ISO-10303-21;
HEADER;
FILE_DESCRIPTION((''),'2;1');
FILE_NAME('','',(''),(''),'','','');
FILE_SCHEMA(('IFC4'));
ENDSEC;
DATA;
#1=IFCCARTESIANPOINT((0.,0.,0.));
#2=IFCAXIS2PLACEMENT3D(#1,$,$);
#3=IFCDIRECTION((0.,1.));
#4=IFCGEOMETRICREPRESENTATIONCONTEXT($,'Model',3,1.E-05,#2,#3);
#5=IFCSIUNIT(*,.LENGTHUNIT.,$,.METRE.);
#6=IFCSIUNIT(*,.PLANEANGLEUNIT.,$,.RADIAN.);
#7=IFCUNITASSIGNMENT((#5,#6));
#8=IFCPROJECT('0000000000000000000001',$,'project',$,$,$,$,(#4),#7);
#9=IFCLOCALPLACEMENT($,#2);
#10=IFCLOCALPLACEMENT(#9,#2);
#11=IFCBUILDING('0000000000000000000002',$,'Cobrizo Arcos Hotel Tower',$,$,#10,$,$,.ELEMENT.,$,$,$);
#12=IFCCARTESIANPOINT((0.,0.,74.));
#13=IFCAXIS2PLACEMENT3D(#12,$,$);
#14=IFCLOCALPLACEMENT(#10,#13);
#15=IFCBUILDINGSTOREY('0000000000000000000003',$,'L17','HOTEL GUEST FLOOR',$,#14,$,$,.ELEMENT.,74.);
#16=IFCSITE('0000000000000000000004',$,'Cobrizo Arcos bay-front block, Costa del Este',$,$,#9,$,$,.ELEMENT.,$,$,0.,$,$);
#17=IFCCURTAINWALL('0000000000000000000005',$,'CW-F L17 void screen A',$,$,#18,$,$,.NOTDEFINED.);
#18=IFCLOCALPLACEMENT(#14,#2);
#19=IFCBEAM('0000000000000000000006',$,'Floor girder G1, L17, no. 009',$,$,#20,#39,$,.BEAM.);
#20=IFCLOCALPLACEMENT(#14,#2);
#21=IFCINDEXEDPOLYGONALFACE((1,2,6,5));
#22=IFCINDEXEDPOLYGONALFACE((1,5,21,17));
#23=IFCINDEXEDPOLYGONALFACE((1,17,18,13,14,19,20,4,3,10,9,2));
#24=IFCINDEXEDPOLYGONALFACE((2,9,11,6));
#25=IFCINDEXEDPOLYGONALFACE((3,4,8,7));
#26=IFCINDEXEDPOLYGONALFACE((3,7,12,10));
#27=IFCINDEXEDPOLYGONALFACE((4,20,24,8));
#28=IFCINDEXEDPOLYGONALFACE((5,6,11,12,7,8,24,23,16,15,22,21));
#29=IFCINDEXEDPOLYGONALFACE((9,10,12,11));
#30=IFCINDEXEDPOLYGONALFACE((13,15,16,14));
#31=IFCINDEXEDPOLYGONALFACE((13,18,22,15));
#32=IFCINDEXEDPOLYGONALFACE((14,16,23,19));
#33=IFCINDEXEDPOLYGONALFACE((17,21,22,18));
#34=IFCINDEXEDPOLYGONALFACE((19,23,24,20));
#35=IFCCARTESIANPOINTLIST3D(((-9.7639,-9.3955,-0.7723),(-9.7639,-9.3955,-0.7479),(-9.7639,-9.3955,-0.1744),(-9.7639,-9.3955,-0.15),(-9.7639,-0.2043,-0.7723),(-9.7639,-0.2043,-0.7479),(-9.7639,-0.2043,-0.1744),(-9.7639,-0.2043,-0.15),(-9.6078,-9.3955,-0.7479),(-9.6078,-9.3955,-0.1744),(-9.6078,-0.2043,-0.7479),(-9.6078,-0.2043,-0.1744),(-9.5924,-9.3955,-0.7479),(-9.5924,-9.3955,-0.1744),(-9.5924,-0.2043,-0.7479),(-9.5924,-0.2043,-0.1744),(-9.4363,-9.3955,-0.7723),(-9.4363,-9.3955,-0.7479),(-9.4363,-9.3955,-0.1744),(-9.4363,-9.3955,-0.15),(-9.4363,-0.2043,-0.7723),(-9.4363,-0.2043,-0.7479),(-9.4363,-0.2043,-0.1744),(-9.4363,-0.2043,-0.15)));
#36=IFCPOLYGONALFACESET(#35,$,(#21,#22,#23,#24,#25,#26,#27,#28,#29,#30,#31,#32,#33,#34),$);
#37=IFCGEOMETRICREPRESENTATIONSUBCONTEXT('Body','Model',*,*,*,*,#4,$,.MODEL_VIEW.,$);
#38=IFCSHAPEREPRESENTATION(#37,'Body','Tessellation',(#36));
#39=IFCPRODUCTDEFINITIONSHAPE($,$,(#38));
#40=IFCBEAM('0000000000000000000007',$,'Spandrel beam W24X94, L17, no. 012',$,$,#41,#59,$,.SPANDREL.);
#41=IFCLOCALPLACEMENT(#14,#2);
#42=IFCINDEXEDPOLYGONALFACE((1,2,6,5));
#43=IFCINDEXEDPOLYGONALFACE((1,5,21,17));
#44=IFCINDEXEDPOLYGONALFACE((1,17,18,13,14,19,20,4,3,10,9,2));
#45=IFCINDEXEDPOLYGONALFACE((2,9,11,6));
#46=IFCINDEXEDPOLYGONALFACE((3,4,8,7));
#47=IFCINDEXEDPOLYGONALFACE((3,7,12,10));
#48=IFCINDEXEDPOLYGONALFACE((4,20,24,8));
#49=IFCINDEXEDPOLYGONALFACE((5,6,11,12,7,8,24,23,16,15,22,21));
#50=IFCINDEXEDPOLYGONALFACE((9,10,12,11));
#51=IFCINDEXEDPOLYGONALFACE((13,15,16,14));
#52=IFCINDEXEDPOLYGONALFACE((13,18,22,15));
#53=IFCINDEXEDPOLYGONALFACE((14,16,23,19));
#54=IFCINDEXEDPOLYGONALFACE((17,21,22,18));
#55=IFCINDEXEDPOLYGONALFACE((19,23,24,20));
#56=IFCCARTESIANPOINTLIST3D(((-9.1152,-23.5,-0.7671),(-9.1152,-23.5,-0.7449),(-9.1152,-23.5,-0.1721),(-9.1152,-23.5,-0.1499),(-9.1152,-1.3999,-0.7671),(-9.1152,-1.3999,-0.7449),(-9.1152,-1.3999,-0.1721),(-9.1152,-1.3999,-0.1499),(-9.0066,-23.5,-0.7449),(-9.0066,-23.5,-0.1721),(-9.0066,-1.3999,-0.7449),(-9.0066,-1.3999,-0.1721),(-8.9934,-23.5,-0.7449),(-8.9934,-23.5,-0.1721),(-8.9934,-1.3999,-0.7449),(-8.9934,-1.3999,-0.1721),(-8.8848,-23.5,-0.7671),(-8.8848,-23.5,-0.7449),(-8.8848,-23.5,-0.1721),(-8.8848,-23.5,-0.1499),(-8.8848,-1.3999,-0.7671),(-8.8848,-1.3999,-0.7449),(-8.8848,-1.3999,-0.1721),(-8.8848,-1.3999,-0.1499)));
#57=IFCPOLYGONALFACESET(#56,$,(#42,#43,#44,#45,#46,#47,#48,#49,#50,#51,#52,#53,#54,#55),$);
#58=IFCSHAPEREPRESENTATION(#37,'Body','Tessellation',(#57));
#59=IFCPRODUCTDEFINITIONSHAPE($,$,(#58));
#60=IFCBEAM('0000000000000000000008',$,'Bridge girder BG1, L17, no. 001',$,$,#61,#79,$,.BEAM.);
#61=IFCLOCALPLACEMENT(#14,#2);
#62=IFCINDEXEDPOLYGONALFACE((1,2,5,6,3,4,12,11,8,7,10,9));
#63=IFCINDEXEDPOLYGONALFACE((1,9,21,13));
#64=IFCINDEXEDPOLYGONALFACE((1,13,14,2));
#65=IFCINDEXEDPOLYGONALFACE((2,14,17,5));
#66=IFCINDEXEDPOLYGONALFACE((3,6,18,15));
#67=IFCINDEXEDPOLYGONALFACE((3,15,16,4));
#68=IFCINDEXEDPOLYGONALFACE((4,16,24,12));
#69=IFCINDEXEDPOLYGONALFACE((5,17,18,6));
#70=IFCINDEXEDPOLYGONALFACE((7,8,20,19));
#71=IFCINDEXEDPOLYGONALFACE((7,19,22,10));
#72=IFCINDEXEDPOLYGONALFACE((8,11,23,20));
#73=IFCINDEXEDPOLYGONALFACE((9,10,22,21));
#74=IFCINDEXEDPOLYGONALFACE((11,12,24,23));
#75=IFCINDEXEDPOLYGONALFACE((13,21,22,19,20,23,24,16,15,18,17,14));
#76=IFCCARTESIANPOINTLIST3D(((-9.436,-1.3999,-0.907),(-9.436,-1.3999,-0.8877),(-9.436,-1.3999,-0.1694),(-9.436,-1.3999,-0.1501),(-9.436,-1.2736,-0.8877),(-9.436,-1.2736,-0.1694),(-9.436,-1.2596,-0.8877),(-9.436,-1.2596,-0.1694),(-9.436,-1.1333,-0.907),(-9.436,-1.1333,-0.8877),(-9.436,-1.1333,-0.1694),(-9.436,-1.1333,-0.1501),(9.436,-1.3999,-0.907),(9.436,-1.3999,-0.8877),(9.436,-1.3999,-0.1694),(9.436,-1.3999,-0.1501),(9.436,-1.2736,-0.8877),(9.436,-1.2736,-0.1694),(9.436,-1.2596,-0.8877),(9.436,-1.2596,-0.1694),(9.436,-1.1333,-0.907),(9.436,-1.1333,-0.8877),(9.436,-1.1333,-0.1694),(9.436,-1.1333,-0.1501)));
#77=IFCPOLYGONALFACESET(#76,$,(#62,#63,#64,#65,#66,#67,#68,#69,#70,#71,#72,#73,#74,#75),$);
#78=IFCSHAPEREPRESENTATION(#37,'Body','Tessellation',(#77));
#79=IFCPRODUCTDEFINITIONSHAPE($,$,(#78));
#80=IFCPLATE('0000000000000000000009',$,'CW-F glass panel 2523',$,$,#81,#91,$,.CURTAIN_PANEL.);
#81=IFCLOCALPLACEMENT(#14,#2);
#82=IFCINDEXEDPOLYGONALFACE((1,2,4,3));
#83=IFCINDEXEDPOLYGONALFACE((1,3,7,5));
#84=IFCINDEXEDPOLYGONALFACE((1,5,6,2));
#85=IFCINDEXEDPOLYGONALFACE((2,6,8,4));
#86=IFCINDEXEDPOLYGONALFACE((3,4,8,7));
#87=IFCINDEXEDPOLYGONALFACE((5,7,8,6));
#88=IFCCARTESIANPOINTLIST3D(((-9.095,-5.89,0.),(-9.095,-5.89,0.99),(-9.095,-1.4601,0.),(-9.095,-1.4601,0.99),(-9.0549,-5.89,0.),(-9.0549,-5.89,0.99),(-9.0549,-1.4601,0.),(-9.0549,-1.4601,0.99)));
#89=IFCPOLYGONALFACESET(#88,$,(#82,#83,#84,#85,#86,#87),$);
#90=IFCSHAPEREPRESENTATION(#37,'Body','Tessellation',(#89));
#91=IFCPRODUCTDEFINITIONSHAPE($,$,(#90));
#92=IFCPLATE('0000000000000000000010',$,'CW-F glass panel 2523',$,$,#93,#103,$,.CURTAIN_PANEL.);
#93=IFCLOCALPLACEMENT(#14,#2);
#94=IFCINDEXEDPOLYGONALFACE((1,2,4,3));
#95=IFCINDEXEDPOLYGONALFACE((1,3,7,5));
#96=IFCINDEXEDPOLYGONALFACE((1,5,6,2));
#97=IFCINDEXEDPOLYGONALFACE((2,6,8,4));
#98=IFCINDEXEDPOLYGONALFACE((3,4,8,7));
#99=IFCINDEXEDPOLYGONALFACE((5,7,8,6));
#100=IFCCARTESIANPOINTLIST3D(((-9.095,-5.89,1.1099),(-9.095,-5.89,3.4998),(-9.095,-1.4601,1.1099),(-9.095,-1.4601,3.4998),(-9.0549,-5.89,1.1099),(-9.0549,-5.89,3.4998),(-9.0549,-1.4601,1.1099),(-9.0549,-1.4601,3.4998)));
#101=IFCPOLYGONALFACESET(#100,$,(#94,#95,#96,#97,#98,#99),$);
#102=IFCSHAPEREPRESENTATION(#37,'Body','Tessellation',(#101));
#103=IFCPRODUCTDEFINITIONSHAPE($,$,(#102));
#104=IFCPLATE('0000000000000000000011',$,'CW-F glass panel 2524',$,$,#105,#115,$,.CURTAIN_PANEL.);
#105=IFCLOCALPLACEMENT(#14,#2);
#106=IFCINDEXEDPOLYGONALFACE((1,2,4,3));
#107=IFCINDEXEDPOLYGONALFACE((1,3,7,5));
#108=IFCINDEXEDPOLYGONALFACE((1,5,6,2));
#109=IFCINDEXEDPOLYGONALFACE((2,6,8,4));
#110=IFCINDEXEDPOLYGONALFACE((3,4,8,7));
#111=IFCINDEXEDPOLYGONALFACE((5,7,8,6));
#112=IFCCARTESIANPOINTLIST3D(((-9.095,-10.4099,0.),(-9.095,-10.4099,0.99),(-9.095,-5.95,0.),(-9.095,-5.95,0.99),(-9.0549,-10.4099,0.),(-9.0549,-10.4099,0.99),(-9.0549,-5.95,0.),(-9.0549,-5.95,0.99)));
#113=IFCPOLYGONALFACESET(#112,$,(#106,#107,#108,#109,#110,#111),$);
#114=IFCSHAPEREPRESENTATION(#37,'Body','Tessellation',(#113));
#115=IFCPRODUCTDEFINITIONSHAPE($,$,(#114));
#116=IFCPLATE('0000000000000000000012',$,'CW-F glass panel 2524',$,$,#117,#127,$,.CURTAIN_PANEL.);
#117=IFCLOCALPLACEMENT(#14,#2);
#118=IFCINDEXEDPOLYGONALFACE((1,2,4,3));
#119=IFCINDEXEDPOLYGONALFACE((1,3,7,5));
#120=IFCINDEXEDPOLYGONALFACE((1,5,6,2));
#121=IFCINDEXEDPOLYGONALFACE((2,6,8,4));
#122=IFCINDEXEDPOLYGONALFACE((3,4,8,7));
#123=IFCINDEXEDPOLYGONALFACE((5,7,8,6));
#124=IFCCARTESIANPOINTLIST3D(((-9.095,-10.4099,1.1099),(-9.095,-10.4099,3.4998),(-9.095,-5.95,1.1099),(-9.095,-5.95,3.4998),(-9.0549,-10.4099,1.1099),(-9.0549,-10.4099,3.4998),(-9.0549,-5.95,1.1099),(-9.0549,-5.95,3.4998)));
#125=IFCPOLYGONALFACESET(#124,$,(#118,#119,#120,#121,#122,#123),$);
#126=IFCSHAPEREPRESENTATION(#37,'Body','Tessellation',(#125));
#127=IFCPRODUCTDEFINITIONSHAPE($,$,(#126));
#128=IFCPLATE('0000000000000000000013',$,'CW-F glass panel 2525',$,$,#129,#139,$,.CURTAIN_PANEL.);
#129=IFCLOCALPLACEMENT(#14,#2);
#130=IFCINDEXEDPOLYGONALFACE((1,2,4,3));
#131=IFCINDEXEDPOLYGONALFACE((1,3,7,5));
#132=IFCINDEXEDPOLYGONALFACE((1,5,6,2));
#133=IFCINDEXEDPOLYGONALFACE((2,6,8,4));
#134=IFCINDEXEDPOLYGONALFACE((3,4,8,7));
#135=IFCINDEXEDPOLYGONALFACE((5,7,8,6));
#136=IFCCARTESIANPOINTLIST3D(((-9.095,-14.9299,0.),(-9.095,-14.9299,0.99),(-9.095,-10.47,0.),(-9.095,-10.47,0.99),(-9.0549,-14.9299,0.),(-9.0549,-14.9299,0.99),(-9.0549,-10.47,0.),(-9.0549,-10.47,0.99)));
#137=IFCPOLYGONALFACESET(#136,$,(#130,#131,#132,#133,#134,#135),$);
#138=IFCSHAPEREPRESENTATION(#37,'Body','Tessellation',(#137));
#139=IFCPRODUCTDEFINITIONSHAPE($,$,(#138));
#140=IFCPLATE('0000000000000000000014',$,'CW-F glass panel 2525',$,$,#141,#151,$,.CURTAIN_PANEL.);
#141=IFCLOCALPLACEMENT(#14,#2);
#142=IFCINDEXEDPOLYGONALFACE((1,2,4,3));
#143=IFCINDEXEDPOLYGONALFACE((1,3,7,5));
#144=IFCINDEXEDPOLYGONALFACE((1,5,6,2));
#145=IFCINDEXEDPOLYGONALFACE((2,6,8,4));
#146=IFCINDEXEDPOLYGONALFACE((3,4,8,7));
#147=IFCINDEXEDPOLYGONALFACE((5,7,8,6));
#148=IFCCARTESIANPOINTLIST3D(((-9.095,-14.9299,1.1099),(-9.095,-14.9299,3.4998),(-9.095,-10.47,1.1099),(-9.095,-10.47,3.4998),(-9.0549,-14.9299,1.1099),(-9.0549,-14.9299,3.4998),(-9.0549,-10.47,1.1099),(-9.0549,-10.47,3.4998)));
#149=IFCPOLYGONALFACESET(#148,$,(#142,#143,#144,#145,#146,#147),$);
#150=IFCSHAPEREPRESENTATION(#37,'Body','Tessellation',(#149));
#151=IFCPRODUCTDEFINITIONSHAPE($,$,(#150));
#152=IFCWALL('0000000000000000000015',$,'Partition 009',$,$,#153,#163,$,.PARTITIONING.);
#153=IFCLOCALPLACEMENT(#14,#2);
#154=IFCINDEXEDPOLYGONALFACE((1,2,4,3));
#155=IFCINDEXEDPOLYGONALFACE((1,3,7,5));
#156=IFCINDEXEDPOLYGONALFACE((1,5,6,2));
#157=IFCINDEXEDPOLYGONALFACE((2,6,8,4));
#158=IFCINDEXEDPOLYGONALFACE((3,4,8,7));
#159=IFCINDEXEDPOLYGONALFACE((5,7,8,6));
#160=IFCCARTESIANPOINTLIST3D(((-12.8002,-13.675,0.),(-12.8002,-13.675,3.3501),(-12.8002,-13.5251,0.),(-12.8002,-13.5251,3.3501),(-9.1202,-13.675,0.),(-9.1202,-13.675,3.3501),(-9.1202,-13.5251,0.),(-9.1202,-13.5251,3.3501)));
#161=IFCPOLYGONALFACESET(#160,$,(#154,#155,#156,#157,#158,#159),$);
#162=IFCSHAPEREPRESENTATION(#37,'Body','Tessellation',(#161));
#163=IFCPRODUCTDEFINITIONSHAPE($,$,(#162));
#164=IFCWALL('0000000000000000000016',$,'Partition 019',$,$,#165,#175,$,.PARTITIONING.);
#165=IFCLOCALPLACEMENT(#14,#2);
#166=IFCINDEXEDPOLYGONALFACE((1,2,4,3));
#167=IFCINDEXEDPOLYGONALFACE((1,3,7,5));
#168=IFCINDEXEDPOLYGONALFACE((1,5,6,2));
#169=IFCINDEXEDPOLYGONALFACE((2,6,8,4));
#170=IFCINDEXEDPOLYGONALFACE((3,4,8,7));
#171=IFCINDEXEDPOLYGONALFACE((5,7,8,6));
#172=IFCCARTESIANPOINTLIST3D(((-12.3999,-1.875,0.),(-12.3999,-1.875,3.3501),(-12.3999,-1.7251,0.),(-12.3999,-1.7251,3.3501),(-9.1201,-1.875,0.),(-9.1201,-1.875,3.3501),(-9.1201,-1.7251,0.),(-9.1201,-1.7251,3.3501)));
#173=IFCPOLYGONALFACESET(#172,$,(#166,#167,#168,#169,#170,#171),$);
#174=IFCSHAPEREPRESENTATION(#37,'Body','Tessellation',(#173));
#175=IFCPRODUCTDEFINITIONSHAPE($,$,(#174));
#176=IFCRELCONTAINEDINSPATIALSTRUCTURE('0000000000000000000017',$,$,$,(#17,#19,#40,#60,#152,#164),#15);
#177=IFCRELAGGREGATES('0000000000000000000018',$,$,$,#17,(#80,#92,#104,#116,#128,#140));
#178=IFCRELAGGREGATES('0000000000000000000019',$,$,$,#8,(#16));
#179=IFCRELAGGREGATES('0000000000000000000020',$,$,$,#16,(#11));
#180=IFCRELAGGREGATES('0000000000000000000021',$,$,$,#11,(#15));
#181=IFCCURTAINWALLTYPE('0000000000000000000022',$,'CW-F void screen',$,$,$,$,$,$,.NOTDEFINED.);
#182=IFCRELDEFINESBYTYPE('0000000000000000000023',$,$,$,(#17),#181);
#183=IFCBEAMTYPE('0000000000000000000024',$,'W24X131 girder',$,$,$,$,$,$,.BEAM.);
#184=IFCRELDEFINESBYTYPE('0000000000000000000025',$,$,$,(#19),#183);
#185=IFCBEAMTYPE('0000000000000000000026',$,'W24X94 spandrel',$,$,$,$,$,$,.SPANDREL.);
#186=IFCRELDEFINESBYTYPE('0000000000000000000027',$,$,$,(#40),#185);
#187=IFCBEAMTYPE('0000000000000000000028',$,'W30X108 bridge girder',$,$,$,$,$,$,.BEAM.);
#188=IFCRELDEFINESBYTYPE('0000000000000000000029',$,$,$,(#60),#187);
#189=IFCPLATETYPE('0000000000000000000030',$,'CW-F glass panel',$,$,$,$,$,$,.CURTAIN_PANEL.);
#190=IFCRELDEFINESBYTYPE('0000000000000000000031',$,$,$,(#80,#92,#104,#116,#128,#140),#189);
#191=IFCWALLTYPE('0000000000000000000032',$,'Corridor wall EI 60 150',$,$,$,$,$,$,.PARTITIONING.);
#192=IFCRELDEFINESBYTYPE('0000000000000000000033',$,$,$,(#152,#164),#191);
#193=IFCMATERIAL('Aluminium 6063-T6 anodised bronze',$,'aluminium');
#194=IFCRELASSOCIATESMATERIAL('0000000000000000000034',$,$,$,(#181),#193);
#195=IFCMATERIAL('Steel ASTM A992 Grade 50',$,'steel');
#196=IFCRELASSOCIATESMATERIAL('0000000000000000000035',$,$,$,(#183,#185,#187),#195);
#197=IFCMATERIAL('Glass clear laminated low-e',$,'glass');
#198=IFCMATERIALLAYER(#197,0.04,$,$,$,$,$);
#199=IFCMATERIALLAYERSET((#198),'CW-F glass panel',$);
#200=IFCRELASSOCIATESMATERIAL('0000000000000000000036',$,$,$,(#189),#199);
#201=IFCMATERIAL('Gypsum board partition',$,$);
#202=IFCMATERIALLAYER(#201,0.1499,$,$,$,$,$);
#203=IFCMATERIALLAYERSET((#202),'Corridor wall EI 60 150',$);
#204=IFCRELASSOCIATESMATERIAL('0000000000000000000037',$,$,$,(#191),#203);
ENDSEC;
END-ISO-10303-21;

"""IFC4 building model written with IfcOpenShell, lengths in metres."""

from ifc_helpers import new_model, si_unit, direction, frame, frame_2d, origin, origin_2d, place, context, subcontext, project, spatial, rectangle, i_section, extrude, material, layer, layer_set, material_profile, profile_set, type_object, element, aggregate, save


model = new_model("IFC4")

# Units and contexts
model_context = context("Model", 3, precision=1e-05, world=origin(), true_north=direction((0.0, 1.0)))
body_context = subcontext(model_context, "Body", "Model", "MODEL_VIEW")
ifc_project = project(units=[si_unit("LENGTHUNIT", "METRE"), si_unit("PLANEANGLEUNIT", "RADIAN")], contexts=[model_context])

# Site, building, storey
site_placement = place(None, origin())
site = spatial("IfcSite", under=ifc_project, at=site_placement, Name="Cobrizo Arcos bay-front block, Costa del Este", CompositionType="ELEMENT", RefElevation=0.0)
building_placement = place(site_placement, origin())
building = spatial("IfcBuilding", under=site, at=building_placement, Name="Cobrizo Arcos Hotel Tower", CompositionType="ELEMENT")
storey_placement = place(building_placement, frame((0.0, 0.0, 74.0)))
storey = spatial("IfcBuildingStorey", under=building, at=storey_placement, Name="L17", Description="HOTEL GUEST FLOOR", CompositionType="ELEMENT", Elevation=74.0)

# Shared definitions
ifc_material_1 = material(Name="Steel ASTM A992 Grade 50", Category="steel")

# Curtain wall
ifc_material_2 = material(Name="Aluminium 6063-T6 anodised bronze", Category="aluminium")
curtain_wall_type = type_object("IfcCurtainWallType", Name="CW-F void screen", PredefinedType="NOTDEFINED", material=ifc_material_2)
curtain_wall_placement = place(storey_placement, origin())
curtain_wall = element("IfcCurtainWall", 1, at=curtain_wall_placement, inside=storey, type_object=curtain_wall_type, Name="CW-F L17 void screen A", PredefinedType="NOTDEFINED")

# Beams
ifc_material_profile_1 = material_profile(ifc_material_1, i_section(OverallWidth=0.3276, OverallDepth=0.6223, WebThickness=0.0154, FlangeThickness=0.0244, at=origin_2d()), Name="W24X131")
ifc_profile_set_1 = profile_set([ifc_material_profile_1], Name="Steel ASTM A992 Grade 50")
beam_type_1 = type_object("IfcBeamType", Name="W24X131 girder", PredefinedType="BEAM", material=ifc_profile_set_1)
beam_1_placement = place(storey_placement, frame((-9.6001, -9.3955, -0.4612), z_axis=(0.0, 1.0, 0.0), x_axis=(-1.0, 0.0, 0.0)))
element("IfcBeam", 2, at=beam_1_placement, inside=storey, type_object=beam_type_1, Name="Floor girder G1, L17, no. 009", PredefinedType="BEAM", context=body_context, shape_type="SweptSolid", body=[
    extrude(i_section(OverallWidth=0.3276, OverallDepth=0.6223, WebThickness=0.0154, FlangeThickness=0.0244, at=origin_2d()), origin(), (0.0, 0.0, 1.0), 9.1912),
])
ifc_material_profile_2 = material_profile(ifc_material_1, i_section(OverallWidth=0.2305, OverallDepth=0.6172, WebThickness=0.0132, FlangeThickness=0.0222, at=origin_2d()), Name="W24X94")
ifc_profile_set_2 = profile_set([ifc_material_profile_2], Name="Steel ASTM A992 Grade 50")
beam_type_2 = type_object("IfcBeamType", Name="W24X94 spandrel", PredefinedType="SPANDREL", material=ifc_profile_set_2)
beam_2_placement = place(storey_placement, frame((-9.0, -1.3999, -0.4585), z_axis=(0.0, -1.0, 0.0), x_axis=(1.0, 0.0, 0.0)))
element("IfcBeam", 3, at=beam_2_placement, inside=storey, type_object=beam_type_2, Name="Spandrel beam W24X94, L17, no. 012", PredefinedType="SPANDREL", context=body_context, shape_type="SweptSolid", body=[
    extrude(i_section(OverallWidth=0.2305, OverallDepth=0.6172, WebThickness=0.0132, FlangeThickness=0.0222, at=origin_2d()), origin(), (0.0, 0.0, 1.0), 22.1001),
])
ifc_material_profile_3 = material_profile(ifc_material_1, i_section(OverallWidth=0.2666, OverallDepth=0.7568, WebThickness=0.0139, FlangeThickness=0.0193, at=origin_2d()), Name="W30X108")
ifc_profile_set_3 = profile_set([ifc_material_profile_3], Name="Steel ASTM A992 Grade 50")
beam_type_3 = type_object("IfcBeamType", Name="W30X108 bridge girder", PredefinedType="BEAM", material=ifc_profile_set_3)
beam_3_placement = place(storey_placement, frame((-9.436, -1.2666, -0.5286), z_axis=(1.0, 0.0, 0.0), x_axis=(0.0, 1.0, 0.0)))
element("IfcBeam", 4, at=beam_3_placement, inside=storey, type_object=beam_type_3, Name="Bridge girder BG1, L17, no. 001", PredefinedType="BEAM", context=body_context, shape_type="SweptSolid", body=[
    extrude(i_section(OverallWidth=0.2666, OverallDepth=0.7568, WebThickness=0.0139, FlangeThickness=0.0193, at=origin_2d()), origin(), (0.0, 0.0, 1.0), 18.8721),
])

# Plates
ifc_material_3 = material(Name="Glass clear laminated low-e", Category="glass")
ifc_layer_1 = layer(ifc_material_3, 0.04)
ifc_layer_set_1 = layer_set([ifc_layer_1], Name="CW-F glass panel")
plate_type = type_object("IfcPlateType", Name="CW-F glass panel", PredefinedType="CURTAIN_PANEL", material=ifc_layer_set_1)
plate_1_placement = place(storey_placement, frame((-9.075, -3.675, 0.0), z_axis=(0.0, 0.0, 1.0), x_axis=(0.0, -1.0, 0.0)))
plate_1 = element("IfcPlate", 5, at=plate_1_placement, type_object=plate_type, Name="CW-F glass panel 2523", PredefinedType="CURTAIN_PANEL", context=body_context, shape_type="SweptSolid", body=[
    extrude(rectangle(XDim=4.4299, YDim=0.04, at=origin_2d()), origin(), (0.0, 0.0, 1.0), 0.99),
])
plate_2_placement = place(storey_placement, frame((-9.075, -3.675, 1.1099), z_axis=(0.0, 0.0, 1.0), x_axis=(0.0, -1.0, 0.0)))
plate_2 = element("IfcPlate", 6, at=plate_2_placement, type_object=plate_type, Name="CW-F glass panel 2523", PredefinedType="CURTAIN_PANEL", context=body_context, shape_type="SweptSolid", body=[
    extrude(rectangle(XDim=4.4299, YDim=0.04, at=origin_2d()), origin(), (0.0, 0.0, 1.0), 2.3899),
])
plate_3_placement = place(storey_placement, frame((-9.075, -8.1799, 0.0), z_axis=(0.0, 0.0, 1.0), x_axis=(0.0, -1.0, 0.0)))
plate_3 = element("IfcPlate", 7, at=plate_3_placement, type_object=plate_type, Name="CW-F glass panel 2524", PredefinedType="CURTAIN_PANEL", context=body_context, shape_type="SweptSolid", body=[
    extrude(rectangle(XDim=4.46, YDim=0.04, at=origin_2d()), origin(), (0.0, 0.0, 1.0), 0.99),
])
plate_4_placement = place(storey_placement, frame((-9.075, -8.1799, 1.1099), z_axis=(0.0, 0.0, 1.0), x_axis=(0.0, -1.0, 0.0)))
plate_4 = element("IfcPlate", 8, at=plate_4_placement, type_object=plate_type, Name="CW-F glass panel 2524", PredefinedType="CURTAIN_PANEL", context=body_context, shape_type="SweptSolid", body=[
    extrude(rectangle(XDim=4.46, YDim=0.04, at=origin_2d()), origin(), (0.0, 0.0, 1.0), 2.3899),
])
plate_5_placement = place(storey_placement, frame((-9.075, -12.7, 0.0), z_axis=(0.0, 0.0, 1.0), x_axis=(0.0, -1.0, 0.0)))
plate_5 = element("IfcPlate", 9, at=plate_5_placement, type_object=plate_type, Name="CW-F glass panel 2525", PredefinedType="CURTAIN_PANEL", context=body_context, shape_type="SweptSolid", body=[
    extrude(rectangle(XDim=4.46, YDim=0.04, at=origin_2d()), origin(), (0.0, 0.0, 1.0), 0.99),
])
plate_6_placement = place(storey_placement, frame((-9.075, -12.7, 1.1099), z_axis=(0.0, 0.0, 1.0), x_axis=(0.0, -1.0, 0.0)))
plate_6 = element("IfcPlate", 10, at=plate_6_placement, type_object=plate_type, Name="CW-F glass panel 2525", PredefinedType="CURTAIN_PANEL", context=body_context, shape_type="SweptSolid", body=[
    extrude(rectangle(XDim=4.46, YDim=0.04, at=origin_2d()), origin(), (0.0, 0.0, 1.0), 2.3899),
])
aggregate(curtain_wall, [plate_1, plate_2, plate_3, plate_4, plate_5, plate_6])

# Walls
ifc_material_4 = material(Name="Gypsum board partition")
ifc_layer_2 = layer(ifc_material_4, 0.1499)
ifc_layer_set_2 = layer_set([ifc_layer_2], Name="Corridor wall EI 60 150")
wall_type_1 = type_object("IfcWallType", Name="Corridor wall EI 60 150", PredefinedType="PARTITIONING", material=ifc_layer_set_2)
wall_1_placement = place(storey_placement, frame((-12.8, -13.6001, 0.0), z_axis=(0.0, 0.0, 1.0), x_axis=(1.0, 0.0, 0.0)))
element("IfcWall", 11, at=wall_1_placement, inside=storey, type_object=wall_type_1, Name="Partition 009", PredefinedType="PARTITIONING", context=body_context, shape_type="SweptSolid", body=[
    extrude(rectangle(XDim=3.6799, YDim=0.1499, at=frame_2d((1.8398, 0.0))), origin(), (0.0, 0.0, 1.0), 3.3501),
])
wall_2_placement = place(storey_placement, frame((-12.3999, -1.8, 0.0), z_axis=(0.0, 0.0, 1.0), x_axis=(1.0, 0.0, 0.0)))
element("IfcWall", 12, at=wall_2_placement, inside=storey, type_object=wall_type_1, Name="Partition 019", PredefinedType="PARTITIONING", context=body_context, shape_type="SweptSolid", body=[
    extrude(rectangle(XDim=3.2798, YDim=0.1499, at=frame_2d((1.6399, 0.0))), origin(), (0.0, 0.0, 1.0), 3.3501),
])

save(model, "model.ifc")
